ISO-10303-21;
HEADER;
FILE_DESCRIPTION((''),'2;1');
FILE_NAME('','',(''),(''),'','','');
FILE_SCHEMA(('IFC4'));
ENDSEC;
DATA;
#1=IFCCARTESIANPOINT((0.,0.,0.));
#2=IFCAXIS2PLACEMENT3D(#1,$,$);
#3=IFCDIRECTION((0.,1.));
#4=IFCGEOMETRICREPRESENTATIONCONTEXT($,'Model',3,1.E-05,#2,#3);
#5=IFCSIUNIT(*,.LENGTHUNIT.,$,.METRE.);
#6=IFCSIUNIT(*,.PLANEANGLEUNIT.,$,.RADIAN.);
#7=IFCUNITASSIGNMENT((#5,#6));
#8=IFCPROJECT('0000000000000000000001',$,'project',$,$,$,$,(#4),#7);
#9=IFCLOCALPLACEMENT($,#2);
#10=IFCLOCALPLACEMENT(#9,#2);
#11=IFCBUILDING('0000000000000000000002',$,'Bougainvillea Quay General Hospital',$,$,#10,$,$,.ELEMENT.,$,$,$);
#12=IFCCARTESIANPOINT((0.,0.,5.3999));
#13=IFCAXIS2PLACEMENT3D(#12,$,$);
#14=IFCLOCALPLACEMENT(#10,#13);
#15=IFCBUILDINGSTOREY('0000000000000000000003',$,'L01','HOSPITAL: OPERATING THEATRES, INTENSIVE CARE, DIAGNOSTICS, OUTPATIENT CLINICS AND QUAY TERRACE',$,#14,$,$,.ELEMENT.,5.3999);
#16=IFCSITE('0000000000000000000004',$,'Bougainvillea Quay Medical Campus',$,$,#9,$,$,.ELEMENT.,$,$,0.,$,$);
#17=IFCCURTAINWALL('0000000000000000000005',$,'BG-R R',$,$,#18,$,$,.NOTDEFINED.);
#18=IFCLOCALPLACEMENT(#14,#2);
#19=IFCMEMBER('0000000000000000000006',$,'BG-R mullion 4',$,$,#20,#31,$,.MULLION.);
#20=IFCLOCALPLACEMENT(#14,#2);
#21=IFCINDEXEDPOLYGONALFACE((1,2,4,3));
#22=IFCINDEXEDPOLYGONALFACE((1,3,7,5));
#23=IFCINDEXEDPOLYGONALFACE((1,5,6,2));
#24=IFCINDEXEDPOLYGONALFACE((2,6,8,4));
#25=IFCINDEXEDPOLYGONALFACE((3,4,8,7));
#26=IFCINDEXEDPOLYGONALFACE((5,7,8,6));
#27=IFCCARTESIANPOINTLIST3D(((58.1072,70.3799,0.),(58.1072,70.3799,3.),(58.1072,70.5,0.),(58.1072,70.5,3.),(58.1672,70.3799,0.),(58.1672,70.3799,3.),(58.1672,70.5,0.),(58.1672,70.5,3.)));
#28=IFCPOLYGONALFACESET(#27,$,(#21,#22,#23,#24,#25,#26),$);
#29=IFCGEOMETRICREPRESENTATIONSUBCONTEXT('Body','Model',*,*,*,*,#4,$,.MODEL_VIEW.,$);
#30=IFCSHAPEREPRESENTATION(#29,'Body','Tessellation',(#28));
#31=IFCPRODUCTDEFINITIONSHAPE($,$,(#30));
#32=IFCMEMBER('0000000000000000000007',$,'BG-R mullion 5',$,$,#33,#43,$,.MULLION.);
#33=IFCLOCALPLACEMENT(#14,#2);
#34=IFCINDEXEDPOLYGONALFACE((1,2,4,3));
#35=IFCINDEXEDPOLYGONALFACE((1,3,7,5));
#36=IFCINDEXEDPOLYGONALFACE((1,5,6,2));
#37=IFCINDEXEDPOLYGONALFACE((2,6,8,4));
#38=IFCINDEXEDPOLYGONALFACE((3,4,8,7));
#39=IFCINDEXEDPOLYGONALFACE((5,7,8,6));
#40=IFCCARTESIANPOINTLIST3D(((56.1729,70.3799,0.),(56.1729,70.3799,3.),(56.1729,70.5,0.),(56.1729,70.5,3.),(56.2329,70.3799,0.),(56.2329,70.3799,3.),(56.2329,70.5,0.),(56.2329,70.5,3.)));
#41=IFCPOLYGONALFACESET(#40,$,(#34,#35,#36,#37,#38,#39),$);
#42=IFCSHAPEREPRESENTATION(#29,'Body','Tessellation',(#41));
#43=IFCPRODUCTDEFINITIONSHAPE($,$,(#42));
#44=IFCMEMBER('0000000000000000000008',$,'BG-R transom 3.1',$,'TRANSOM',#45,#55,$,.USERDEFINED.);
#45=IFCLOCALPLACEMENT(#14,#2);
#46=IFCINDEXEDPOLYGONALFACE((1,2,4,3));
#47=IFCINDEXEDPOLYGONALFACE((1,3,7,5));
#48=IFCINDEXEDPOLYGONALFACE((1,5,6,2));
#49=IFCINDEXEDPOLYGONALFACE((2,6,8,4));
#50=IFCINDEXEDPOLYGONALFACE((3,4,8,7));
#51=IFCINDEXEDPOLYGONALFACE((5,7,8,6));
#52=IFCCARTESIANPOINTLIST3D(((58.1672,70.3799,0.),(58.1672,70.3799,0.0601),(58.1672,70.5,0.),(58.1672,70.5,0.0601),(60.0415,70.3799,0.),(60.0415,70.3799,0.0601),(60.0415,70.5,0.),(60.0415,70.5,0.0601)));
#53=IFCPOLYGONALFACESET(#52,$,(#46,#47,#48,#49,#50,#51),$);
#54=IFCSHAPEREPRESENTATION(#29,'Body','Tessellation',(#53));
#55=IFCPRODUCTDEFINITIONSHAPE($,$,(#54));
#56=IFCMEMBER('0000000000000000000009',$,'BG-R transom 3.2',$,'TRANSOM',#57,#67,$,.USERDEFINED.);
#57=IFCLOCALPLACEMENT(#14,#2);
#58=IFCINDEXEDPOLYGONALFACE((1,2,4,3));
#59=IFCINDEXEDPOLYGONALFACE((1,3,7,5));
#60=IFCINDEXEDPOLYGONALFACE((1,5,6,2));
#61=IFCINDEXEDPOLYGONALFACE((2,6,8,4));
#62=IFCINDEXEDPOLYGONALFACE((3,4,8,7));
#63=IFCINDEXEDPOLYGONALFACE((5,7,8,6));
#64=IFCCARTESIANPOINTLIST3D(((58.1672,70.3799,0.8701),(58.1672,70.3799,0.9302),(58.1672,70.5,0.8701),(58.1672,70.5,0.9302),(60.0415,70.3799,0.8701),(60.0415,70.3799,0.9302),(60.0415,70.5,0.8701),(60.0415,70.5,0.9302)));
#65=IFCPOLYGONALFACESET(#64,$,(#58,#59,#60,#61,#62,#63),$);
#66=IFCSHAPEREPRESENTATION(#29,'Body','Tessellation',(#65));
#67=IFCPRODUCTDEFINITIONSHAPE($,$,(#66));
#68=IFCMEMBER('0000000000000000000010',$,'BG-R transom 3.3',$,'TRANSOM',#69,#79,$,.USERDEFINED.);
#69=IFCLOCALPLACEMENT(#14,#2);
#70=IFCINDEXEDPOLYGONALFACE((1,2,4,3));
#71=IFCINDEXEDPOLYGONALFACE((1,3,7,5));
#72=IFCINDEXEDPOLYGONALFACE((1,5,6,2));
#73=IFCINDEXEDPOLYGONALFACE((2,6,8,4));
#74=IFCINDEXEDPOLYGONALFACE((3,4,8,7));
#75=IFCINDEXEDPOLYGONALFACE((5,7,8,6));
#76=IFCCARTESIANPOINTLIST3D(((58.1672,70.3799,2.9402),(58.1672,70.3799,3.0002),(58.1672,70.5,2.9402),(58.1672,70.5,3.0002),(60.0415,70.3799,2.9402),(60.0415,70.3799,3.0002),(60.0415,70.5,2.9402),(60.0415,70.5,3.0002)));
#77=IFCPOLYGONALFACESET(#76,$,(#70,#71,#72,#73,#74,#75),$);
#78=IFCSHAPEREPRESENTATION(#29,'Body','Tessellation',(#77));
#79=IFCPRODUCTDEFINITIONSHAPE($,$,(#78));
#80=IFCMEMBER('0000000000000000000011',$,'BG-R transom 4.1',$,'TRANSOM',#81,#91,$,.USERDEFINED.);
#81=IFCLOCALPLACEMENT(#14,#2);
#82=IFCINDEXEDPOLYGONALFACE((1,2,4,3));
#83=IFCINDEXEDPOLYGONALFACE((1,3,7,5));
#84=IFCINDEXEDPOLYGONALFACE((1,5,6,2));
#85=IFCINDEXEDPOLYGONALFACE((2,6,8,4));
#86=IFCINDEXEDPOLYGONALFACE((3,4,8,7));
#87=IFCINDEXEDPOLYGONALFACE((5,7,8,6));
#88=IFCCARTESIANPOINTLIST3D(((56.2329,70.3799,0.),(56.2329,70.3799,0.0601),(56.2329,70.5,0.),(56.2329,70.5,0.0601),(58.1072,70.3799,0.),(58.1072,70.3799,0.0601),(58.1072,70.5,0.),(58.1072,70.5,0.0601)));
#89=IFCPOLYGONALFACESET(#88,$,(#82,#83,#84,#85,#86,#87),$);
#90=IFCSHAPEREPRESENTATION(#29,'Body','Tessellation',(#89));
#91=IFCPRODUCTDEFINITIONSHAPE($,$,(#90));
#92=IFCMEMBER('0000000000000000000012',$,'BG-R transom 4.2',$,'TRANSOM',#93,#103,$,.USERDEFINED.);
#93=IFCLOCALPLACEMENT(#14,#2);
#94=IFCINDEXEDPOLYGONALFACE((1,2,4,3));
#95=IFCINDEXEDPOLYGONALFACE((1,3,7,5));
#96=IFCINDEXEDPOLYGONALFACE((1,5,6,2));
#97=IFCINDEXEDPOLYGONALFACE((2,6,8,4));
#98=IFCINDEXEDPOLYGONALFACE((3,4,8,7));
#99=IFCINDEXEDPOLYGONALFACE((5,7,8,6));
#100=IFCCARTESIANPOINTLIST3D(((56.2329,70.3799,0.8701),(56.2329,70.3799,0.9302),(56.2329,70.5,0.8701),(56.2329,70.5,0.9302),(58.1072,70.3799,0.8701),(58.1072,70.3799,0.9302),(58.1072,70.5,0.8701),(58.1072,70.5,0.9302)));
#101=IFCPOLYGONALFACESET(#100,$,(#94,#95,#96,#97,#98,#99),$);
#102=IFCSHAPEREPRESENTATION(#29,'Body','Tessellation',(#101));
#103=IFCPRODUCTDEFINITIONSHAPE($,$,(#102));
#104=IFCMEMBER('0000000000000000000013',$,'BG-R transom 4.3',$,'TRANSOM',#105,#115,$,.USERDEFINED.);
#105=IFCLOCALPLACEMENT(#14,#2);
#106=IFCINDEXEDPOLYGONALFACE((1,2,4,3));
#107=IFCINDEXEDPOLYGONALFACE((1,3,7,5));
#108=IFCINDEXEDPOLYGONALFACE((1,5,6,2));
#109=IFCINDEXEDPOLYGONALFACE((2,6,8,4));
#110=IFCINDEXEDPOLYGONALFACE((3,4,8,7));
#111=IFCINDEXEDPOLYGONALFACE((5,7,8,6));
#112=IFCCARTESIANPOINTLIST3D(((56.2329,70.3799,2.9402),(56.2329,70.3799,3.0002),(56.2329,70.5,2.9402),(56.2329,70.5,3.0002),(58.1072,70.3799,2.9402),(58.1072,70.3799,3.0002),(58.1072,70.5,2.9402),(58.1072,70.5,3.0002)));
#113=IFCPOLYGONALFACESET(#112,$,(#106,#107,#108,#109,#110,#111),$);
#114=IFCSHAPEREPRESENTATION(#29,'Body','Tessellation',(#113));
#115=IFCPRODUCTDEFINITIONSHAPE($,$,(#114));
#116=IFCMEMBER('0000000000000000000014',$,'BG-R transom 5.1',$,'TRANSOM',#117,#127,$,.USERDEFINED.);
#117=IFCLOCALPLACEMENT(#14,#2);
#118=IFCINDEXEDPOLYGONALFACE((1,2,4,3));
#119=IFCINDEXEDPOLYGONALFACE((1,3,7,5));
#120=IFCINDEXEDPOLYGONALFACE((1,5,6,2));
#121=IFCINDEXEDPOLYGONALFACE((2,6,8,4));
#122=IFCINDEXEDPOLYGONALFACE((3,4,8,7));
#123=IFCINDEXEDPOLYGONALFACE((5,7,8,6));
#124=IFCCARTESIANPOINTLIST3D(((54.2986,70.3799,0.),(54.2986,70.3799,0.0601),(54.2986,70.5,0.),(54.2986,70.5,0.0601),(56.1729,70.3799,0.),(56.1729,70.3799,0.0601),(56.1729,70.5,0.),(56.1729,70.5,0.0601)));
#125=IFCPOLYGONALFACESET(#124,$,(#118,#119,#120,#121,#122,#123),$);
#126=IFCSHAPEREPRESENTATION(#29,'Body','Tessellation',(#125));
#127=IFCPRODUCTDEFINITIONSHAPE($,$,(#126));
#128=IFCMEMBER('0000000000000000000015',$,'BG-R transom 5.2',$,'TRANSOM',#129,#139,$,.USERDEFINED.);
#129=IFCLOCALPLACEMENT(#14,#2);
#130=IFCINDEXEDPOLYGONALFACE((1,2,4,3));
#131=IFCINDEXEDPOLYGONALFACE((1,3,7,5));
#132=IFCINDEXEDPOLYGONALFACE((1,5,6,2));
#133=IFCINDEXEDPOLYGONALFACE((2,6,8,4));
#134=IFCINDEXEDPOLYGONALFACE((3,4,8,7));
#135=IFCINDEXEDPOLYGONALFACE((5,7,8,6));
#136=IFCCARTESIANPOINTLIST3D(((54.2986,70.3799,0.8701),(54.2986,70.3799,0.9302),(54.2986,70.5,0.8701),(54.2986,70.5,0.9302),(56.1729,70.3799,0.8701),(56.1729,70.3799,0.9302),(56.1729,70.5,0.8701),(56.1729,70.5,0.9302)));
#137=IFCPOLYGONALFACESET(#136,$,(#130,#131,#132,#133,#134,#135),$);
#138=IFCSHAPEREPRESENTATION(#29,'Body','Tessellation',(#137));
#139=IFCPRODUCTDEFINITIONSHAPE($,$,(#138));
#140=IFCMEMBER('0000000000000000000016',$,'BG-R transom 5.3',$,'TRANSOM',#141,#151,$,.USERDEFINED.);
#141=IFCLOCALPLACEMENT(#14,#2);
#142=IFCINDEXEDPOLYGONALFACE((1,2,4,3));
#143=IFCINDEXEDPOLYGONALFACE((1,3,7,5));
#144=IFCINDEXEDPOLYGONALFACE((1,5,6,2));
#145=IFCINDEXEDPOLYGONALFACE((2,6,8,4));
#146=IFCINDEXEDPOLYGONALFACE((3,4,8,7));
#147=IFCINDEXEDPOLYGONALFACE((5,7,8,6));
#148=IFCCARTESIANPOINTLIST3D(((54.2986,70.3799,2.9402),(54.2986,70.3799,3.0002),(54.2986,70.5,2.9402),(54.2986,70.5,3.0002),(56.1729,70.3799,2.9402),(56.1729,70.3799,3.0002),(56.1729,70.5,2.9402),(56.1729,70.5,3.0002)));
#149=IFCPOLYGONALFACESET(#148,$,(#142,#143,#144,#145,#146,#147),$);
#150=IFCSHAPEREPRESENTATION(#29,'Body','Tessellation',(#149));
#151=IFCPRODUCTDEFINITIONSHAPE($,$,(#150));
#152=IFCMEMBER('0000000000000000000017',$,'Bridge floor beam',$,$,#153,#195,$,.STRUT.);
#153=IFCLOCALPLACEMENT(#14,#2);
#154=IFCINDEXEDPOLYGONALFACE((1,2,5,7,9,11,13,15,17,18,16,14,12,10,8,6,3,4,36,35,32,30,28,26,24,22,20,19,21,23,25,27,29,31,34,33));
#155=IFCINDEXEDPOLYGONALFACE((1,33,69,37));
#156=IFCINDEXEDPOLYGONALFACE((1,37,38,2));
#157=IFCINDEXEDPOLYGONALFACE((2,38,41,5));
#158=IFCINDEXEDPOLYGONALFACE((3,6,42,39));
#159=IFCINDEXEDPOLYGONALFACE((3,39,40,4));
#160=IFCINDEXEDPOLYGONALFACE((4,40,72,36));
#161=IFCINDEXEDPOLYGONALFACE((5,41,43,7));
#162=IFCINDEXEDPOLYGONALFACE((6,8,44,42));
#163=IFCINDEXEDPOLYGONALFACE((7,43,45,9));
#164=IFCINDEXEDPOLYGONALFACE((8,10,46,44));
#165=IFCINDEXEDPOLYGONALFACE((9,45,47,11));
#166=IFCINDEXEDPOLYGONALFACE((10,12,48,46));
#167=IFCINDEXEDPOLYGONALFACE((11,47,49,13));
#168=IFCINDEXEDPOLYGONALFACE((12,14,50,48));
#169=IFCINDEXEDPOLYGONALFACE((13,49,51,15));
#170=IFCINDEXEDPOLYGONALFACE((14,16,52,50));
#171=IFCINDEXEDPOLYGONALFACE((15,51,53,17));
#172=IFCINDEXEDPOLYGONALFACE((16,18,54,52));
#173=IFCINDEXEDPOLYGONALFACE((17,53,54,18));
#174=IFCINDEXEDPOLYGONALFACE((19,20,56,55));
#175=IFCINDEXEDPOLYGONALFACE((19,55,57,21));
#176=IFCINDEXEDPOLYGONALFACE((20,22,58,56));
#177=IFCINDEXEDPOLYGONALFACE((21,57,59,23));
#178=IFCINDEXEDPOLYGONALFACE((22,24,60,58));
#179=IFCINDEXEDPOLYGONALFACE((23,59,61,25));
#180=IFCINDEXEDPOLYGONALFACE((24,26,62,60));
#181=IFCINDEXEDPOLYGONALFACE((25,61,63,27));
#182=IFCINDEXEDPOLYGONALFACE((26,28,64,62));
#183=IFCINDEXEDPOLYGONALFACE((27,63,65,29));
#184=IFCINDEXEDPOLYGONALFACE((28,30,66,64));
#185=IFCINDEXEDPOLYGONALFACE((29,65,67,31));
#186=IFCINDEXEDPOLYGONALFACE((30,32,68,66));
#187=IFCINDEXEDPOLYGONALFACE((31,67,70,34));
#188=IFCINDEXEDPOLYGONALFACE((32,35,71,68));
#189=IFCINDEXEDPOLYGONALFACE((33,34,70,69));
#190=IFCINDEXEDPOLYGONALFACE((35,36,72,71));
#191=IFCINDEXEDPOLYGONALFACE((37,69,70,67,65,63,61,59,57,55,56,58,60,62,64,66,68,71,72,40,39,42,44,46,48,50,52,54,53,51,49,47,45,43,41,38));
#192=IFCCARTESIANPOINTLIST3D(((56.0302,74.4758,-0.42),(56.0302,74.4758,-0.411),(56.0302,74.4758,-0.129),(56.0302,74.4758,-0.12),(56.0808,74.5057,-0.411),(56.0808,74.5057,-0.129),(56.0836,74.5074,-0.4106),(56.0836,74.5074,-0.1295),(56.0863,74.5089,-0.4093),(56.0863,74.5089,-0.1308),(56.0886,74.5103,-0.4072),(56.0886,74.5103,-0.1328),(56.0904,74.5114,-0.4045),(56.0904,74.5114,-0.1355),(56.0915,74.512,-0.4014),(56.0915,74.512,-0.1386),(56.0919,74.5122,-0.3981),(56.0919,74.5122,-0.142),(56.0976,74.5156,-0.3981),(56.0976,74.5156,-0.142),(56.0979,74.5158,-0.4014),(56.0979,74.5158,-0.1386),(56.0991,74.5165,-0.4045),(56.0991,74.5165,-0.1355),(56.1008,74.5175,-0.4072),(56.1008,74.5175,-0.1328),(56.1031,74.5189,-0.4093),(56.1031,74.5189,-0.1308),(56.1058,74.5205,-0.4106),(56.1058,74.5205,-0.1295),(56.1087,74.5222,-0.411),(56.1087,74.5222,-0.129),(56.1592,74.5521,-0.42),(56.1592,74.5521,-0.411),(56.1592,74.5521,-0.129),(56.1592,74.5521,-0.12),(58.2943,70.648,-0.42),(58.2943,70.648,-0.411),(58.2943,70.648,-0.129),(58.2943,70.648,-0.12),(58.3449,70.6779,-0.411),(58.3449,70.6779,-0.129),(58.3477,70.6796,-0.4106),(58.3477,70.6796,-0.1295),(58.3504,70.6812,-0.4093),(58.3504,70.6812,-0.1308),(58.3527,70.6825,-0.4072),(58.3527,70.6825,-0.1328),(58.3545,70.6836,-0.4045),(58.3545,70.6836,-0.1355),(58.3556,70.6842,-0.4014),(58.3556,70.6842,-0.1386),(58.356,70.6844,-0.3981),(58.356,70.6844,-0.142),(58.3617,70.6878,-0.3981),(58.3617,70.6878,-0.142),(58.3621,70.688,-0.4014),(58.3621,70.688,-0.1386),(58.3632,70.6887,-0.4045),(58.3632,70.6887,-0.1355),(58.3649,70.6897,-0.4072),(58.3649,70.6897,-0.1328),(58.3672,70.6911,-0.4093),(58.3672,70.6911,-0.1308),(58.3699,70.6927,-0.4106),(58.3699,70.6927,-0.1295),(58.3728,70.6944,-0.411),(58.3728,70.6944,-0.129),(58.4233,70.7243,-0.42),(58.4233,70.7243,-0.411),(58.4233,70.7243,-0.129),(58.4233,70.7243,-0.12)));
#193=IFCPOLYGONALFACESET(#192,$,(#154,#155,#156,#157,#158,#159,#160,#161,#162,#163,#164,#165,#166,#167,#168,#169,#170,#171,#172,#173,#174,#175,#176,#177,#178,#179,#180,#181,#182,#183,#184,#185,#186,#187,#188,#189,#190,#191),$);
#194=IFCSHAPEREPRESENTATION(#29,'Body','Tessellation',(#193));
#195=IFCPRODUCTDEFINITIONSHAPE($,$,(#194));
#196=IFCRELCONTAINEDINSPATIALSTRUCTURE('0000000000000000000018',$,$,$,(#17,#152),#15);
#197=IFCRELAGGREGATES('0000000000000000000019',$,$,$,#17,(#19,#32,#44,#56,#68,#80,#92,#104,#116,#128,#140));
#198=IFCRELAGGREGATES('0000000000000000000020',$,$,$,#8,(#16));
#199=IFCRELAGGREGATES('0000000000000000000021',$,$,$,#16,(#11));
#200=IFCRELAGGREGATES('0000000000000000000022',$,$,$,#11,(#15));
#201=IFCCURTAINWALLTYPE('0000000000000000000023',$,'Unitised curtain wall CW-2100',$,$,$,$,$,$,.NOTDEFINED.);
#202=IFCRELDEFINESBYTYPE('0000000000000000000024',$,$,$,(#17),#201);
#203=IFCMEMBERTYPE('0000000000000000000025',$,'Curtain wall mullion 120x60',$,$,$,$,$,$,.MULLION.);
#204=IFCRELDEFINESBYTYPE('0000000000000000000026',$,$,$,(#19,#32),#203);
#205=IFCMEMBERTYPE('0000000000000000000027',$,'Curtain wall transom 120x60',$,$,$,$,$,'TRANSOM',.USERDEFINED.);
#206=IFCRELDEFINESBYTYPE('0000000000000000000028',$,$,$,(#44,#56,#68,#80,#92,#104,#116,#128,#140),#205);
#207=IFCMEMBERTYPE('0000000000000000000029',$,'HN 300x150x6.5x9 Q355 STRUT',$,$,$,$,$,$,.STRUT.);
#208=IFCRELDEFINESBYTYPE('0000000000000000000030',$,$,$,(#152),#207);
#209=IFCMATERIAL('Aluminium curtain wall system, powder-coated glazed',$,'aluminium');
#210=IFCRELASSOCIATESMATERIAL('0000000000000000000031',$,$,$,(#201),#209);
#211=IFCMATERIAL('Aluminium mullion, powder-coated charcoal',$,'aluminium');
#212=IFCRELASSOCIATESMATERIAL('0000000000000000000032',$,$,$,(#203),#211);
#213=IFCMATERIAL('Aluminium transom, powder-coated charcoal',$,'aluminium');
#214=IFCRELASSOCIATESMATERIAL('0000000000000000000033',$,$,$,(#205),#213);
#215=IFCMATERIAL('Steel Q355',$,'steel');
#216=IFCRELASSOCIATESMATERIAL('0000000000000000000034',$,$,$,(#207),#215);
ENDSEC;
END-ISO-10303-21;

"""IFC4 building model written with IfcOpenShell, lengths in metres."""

from ifc_helpers import new_model, si_unit, direction, frame, origin, origin_2d, place, context, subcontext, project, spatial, rectangle, i_section, extrude, material, material_profile, profile_set, type_object, element, aggregate, save


model = new_model("IFC4")

# Units and contexts
model_context = context("Model", 3, precision=1e-05, world=origin(), true_north=direction((0.0, 1.0)))
body_context = subcontext(model_context, "Body", "Model", "MODEL_VIEW")
ifc_project = project(units=[si_unit("LENGTHUNIT", "METRE"), si_unit("PLANEANGLEUNIT", "RADIAN")], contexts=[model_context])

# Site, building, storey
site_placement = place(None, origin())
site = spatial("IfcSite", under=ifc_project, at=site_placement, Name="Bougainvillea Quay Medical Campus", CompositionType="ELEMENT", RefElevation=0.0)
building_placement = place(site_placement, origin())
building = spatial("IfcBuilding", under=site, at=building_placement, Name="Bougainvillea Quay General Hospital", CompositionType="ELEMENT")
storey_placement = place(building_placement, frame((0.0, 0.0, 5.3999)))
storey = spatial("IfcBuildingStorey", under=building, at=storey_placement, Name="L01", Description="HOSPITAL: OPERATING THEATRES, INTENSIVE CARE, DIAGNOSTICS, OUTPATIENT CLINICS AND QUAY TERRACE", CompositionType="ELEMENT", Elevation=5.3999)

# Curtain wall, members
ifc_material_1 = material(Name="Aluminium curtain wall system, powder-coated glazed", Category="aluminium")
curtain_wall_type = type_object("IfcCurtainWallType", Name="Unitised curtain wall CW-2100", PredefinedType="NOTDEFINED", material=ifc_material_1)
curtain_wall_placement = place(storey_placement, origin())
curtain_wall = element("IfcCurtainWall", 1, at=curtain_wall_placement, inside=storey, type_object=curtain_wall_type, Name="BG-R R", PredefinedType="NOTDEFINED")
ifc_material_2 = material(Name="Aluminium mullion, powder-coated charcoal", Category="aluminium")
ifc_material_profile_1 = material_profile(ifc_material_2, rectangle(XDim=0.1201, YDim=0.0601, at=origin_2d()))
ifc_profile_set_1 = profile_set([ifc_material_profile_1], Name="Aluminium mullion, powder-coated charcoal")
member_type_1 = type_object("IfcMemberType", Name="Curtain wall mullion 120x60", PredefinedType="MULLION", material=ifc_profile_set_1)
member_1_placement = place(storey_placement, frame((58.1372, 70.4399, 0.0), z_axis=(0.0, 0.0, 1.0), x_axis=(0.0, -1.0, 0.0)))
member_1 = element("IfcMember", 2, at=member_1_placement, type_object=member_type_1, Name="BG-R mullion 4", PredefinedType="MULLION", context=body_context, shape_type="SweptSolid", body=[
    extrude(rectangle(XDim=0.1201, YDim=0.0601, at=origin_2d()), origin(), (0.0, 0.0, 1.0), 3.0),
])
member_2_placement = place(storey_placement, frame((56.2029, 70.4399, 0.0), z_axis=(0.0, 0.0, 1.0), x_axis=(0.0, -1.0, 0.0)))
member_2 = element("IfcMember", 3, at=member_2_placement, type_object=member_type_1, Name="BG-R mullion 5", PredefinedType="MULLION", context=body_context, shape_type="SweptSolid", body=[
    extrude(rectangle(XDim=0.1201, YDim=0.0601, at=origin_2d()), origin(), (0.0, 0.0, 1.0), 3.0),
])
ifc_material_3 = material(Name="Aluminium transom, powder-coated charcoal", Category="aluminium")
ifc_material_profile_2 = material_profile(ifc_material_3, rectangle(XDim=0.1201, YDim=0.0601, at=origin_2d()))
ifc_profile_set_2 = profile_set([ifc_material_profile_2], Name="Aluminium transom, powder-coated charcoal")
member_type_2 = type_object("IfcMemberType", Name="Curtain wall transom 120x60", ElementType="TRANSOM", PredefinedType="USERDEFINED", material=ifc_profile_set_2)
member_3_placement = place(storey_placement, frame((60.0415, 70.4399, 0.03), z_axis=(-1.0, 0.0, 0.0), x_axis=(0.0, -1.0, 0.0)))
member_3 = element("IfcMember", 4, at=member_3_placement, type_object=member_type_2, Name="BG-R transom 3.1", ObjectType="TRANSOM", PredefinedType="USERDEFINED", context=body_context, shape_type="SweptSolid", body=[
    extrude(rectangle(XDim=0.1201, YDim=0.0601, at=origin_2d()), origin(), (0.0, 0.0, 1.0), 1.8743),
])
member_4_placement = place(storey_placement, frame((60.0415, 70.4399, 0.9001), z_axis=(-1.0, 0.0, 0.0), x_axis=(0.0, -1.0, 0.0)))
member_4 = element("IfcMember", 5, at=member_4_placement, type_object=member_type_2, Name="BG-R transom 3.2", ObjectType="TRANSOM", PredefinedType="USERDEFINED", context=body_context, shape_type="SweptSolid", body=[
    extrude(rectangle(XDim=0.1201, YDim=0.0601, at=origin_2d()), origin(), (0.0, 0.0, 1.0), 1.8743),
])
member_5_placement = place(storey_placement, frame((60.0415, 70.4399, 2.9702), z_axis=(-1.0, 0.0, 0.0), x_axis=(0.0, -1.0, 0.0)))
member_5 = element("IfcMember", 6, at=member_5_placement, type_object=member_type_2, Name="BG-R transom 3.3", ObjectType="TRANSOM", PredefinedType="USERDEFINED", context=body_context, shape_type="SweptSolid", body=[
    extrude(rectangle(XDim=0.1201, YDim=0.0601, at=origin_2d()), origin(), (0.0, 0.0, 1.0), 1.8743),
])
member_6_placement = place(storey_placement, frame((58.1072, 70.4399, 0.03), z_axis=(-1.0, 0.0, 0.0), x_axis=(0.0, -1.0, 0.0)))
member_6 = element("IfcMember", 7, at=member_6_placement, type_object=member_type_2, Name="BG-R transom 4.1", ObjectType="TRANSOM", PredefinedType="USERDEFINED", context=body_context, shape_type="SweptSolid", body=[
    extrude(rectangle(XDim=0.1201, YDim=0.0601, at=origin_2d()), origin(), (0.0, 0.0, 1.0), 1.8743),
])
member_7_placement = place(storey_placement, frame((58.1072, 70.4399, 0.9001), z_axis=(-1.0, 0.0, 0.0), x_axis=(0.0, -1.0, 0.0)))
member_7 = element("IfcMember", 8, at=member_7_placement, type_object=member_type_2, Name="BG-R transom 4.2", ObjectType="TRANSOM", PredefinedType="USERDEFINED", context=body_context, shape_type="SweptSolid", body=[
    extrude(rectangle(XDim=0.1201, YDim=0.0601, at=origin_2d()), origin(), (0.0, 0.0, 1.0), 1.8743),
])
member_8_placement = place(storey_placement, frame((58.1072, 70.4399, 2.9702), z_axis=(-1.0, 0.0, 0.0), x_axis=(0.0, -1.0, 0.0)))
member_8 = element("IfcMember", 9, at=member_8_placement, type_object=member_type_2, Name="BG-R transom 4.3", ObjectType="TRANSOM", PredefinedType="USERDEFINED", context=body_context, shape_type="SweptSolid", body=[
    extrude(rectangle(XDim=0.1201, YDim=0.0601, at=origin_2d()), origin(), (0.0, 0.0, 1.0), 1.8743),
])
member_9_placement = place(storey_placement, frame((56.1729, 70.4399, 0.03), z_axis=(-1.0, 0.0, 0.0), x_axis=(0.0, -1.0, 0.0)))
member_9 = element("IfcMember", 10, at=member_9_placement, type_object=member_type_2, Name="BG-R transom 5.1", ObjectType="TRANSOM", PredefinedType="USERDEFINED", context=body_context, shape_type="SweptSolid", body=[
    extrude(rectangle(XDim=0.1201, YDim=0.0601, at=origin_2d()), origin(), (0.0, 0.0, 1.0), 1.8743),
])
member_10_placement = place(storey_placement, frame((56.1729, 70.4399, 0.9001), z_axis=(-1.0, 0.0, 0.0), x_axis=(0.0, -1.0, 0.0)))
member_10 = element("IfcMember", 11, at=member_10_placement, type_object=member_type_2, Name="BG-R transom 5.2", ObjectType="TRANSOM", PredefinedType="USERDEFINED", context=body_context, shape_type="SweptSolid", body=[
    extrude(rectangle(XDim=0.1201, YDim=0.0601, at=origin_2d()), origin(), (0.0, 0.0, 1.0), 1.8743),
])
member_11_placement = place(storey_placement, frame((56.1729, 70.4399, 2.9702), z_axis=(-1.0, 0.0, 0.0), x_axis=(0.0, -1.0, 0.0)))
member_11 = element("IfcMember", 12, at=member_11_placement, type_object=member_type_2, Name="BG-R transom 5.3", ObjectType="TRANSOM", PredefinedType="USERDEFINED", context=body_context, shape_type="SweptSolid", body=[
    extrude(rectangle(XDim=0.1201, YDim=0.0601, at=origin_2d()), origin(), (0.0, 0.0, 1.0), 1.8743),
])

# Member
ifc_material_4 = material(Name="Steel Q355", Category="steel")
ifc_material_profile_3 = material_profile(ifc_material_4, i_section(OverallWidth=0.1499, OverallDepth=0.3, WebThickness=0.0066, FlangeThickness=0.009, FilletRadius=0.0129, at=origin_2d()))
ifc_profile_set_3 = profile_set([ifc_material_profile_3], Name="Steel Q355")
member_type_3 = type_object("IfcMemberType", Name="HN 300x150x6.5x9 Q355 STRUT", PredefinedType="STRUT", material=ifc_profile_set_3)
member_12_placement = place(storey_placement, frame((56.0947, 74.5139, -0.27), z_axis=(0.509101, -0.860707, 0.0), x_axis=(0.860707, 0.509101, 0.0)))
element("IfcMember", 13, at=member_12_placement, inside=storey, type_object=member_type_3, Name="Bridge floor beam", PredefinedType="STRUT", context=body_context, shape_type="SweptSolid", body=[
    extrude(i_section(OverallWidth=0.1499, OverallDepth=0.3, WebThickness=0.0066, FlangeThickness=0.009, FilletRadius=0.0129, at=origin_2d()), origin(), (0.0, 0.0, 1.0), 4.4473),
])

aggregate(curtain_wall, [member_1, member_2, member_3, member_4, member_5, member_6, member_7, member_8, member_9, member_10, member_11])

save(model, "model.ifc")
